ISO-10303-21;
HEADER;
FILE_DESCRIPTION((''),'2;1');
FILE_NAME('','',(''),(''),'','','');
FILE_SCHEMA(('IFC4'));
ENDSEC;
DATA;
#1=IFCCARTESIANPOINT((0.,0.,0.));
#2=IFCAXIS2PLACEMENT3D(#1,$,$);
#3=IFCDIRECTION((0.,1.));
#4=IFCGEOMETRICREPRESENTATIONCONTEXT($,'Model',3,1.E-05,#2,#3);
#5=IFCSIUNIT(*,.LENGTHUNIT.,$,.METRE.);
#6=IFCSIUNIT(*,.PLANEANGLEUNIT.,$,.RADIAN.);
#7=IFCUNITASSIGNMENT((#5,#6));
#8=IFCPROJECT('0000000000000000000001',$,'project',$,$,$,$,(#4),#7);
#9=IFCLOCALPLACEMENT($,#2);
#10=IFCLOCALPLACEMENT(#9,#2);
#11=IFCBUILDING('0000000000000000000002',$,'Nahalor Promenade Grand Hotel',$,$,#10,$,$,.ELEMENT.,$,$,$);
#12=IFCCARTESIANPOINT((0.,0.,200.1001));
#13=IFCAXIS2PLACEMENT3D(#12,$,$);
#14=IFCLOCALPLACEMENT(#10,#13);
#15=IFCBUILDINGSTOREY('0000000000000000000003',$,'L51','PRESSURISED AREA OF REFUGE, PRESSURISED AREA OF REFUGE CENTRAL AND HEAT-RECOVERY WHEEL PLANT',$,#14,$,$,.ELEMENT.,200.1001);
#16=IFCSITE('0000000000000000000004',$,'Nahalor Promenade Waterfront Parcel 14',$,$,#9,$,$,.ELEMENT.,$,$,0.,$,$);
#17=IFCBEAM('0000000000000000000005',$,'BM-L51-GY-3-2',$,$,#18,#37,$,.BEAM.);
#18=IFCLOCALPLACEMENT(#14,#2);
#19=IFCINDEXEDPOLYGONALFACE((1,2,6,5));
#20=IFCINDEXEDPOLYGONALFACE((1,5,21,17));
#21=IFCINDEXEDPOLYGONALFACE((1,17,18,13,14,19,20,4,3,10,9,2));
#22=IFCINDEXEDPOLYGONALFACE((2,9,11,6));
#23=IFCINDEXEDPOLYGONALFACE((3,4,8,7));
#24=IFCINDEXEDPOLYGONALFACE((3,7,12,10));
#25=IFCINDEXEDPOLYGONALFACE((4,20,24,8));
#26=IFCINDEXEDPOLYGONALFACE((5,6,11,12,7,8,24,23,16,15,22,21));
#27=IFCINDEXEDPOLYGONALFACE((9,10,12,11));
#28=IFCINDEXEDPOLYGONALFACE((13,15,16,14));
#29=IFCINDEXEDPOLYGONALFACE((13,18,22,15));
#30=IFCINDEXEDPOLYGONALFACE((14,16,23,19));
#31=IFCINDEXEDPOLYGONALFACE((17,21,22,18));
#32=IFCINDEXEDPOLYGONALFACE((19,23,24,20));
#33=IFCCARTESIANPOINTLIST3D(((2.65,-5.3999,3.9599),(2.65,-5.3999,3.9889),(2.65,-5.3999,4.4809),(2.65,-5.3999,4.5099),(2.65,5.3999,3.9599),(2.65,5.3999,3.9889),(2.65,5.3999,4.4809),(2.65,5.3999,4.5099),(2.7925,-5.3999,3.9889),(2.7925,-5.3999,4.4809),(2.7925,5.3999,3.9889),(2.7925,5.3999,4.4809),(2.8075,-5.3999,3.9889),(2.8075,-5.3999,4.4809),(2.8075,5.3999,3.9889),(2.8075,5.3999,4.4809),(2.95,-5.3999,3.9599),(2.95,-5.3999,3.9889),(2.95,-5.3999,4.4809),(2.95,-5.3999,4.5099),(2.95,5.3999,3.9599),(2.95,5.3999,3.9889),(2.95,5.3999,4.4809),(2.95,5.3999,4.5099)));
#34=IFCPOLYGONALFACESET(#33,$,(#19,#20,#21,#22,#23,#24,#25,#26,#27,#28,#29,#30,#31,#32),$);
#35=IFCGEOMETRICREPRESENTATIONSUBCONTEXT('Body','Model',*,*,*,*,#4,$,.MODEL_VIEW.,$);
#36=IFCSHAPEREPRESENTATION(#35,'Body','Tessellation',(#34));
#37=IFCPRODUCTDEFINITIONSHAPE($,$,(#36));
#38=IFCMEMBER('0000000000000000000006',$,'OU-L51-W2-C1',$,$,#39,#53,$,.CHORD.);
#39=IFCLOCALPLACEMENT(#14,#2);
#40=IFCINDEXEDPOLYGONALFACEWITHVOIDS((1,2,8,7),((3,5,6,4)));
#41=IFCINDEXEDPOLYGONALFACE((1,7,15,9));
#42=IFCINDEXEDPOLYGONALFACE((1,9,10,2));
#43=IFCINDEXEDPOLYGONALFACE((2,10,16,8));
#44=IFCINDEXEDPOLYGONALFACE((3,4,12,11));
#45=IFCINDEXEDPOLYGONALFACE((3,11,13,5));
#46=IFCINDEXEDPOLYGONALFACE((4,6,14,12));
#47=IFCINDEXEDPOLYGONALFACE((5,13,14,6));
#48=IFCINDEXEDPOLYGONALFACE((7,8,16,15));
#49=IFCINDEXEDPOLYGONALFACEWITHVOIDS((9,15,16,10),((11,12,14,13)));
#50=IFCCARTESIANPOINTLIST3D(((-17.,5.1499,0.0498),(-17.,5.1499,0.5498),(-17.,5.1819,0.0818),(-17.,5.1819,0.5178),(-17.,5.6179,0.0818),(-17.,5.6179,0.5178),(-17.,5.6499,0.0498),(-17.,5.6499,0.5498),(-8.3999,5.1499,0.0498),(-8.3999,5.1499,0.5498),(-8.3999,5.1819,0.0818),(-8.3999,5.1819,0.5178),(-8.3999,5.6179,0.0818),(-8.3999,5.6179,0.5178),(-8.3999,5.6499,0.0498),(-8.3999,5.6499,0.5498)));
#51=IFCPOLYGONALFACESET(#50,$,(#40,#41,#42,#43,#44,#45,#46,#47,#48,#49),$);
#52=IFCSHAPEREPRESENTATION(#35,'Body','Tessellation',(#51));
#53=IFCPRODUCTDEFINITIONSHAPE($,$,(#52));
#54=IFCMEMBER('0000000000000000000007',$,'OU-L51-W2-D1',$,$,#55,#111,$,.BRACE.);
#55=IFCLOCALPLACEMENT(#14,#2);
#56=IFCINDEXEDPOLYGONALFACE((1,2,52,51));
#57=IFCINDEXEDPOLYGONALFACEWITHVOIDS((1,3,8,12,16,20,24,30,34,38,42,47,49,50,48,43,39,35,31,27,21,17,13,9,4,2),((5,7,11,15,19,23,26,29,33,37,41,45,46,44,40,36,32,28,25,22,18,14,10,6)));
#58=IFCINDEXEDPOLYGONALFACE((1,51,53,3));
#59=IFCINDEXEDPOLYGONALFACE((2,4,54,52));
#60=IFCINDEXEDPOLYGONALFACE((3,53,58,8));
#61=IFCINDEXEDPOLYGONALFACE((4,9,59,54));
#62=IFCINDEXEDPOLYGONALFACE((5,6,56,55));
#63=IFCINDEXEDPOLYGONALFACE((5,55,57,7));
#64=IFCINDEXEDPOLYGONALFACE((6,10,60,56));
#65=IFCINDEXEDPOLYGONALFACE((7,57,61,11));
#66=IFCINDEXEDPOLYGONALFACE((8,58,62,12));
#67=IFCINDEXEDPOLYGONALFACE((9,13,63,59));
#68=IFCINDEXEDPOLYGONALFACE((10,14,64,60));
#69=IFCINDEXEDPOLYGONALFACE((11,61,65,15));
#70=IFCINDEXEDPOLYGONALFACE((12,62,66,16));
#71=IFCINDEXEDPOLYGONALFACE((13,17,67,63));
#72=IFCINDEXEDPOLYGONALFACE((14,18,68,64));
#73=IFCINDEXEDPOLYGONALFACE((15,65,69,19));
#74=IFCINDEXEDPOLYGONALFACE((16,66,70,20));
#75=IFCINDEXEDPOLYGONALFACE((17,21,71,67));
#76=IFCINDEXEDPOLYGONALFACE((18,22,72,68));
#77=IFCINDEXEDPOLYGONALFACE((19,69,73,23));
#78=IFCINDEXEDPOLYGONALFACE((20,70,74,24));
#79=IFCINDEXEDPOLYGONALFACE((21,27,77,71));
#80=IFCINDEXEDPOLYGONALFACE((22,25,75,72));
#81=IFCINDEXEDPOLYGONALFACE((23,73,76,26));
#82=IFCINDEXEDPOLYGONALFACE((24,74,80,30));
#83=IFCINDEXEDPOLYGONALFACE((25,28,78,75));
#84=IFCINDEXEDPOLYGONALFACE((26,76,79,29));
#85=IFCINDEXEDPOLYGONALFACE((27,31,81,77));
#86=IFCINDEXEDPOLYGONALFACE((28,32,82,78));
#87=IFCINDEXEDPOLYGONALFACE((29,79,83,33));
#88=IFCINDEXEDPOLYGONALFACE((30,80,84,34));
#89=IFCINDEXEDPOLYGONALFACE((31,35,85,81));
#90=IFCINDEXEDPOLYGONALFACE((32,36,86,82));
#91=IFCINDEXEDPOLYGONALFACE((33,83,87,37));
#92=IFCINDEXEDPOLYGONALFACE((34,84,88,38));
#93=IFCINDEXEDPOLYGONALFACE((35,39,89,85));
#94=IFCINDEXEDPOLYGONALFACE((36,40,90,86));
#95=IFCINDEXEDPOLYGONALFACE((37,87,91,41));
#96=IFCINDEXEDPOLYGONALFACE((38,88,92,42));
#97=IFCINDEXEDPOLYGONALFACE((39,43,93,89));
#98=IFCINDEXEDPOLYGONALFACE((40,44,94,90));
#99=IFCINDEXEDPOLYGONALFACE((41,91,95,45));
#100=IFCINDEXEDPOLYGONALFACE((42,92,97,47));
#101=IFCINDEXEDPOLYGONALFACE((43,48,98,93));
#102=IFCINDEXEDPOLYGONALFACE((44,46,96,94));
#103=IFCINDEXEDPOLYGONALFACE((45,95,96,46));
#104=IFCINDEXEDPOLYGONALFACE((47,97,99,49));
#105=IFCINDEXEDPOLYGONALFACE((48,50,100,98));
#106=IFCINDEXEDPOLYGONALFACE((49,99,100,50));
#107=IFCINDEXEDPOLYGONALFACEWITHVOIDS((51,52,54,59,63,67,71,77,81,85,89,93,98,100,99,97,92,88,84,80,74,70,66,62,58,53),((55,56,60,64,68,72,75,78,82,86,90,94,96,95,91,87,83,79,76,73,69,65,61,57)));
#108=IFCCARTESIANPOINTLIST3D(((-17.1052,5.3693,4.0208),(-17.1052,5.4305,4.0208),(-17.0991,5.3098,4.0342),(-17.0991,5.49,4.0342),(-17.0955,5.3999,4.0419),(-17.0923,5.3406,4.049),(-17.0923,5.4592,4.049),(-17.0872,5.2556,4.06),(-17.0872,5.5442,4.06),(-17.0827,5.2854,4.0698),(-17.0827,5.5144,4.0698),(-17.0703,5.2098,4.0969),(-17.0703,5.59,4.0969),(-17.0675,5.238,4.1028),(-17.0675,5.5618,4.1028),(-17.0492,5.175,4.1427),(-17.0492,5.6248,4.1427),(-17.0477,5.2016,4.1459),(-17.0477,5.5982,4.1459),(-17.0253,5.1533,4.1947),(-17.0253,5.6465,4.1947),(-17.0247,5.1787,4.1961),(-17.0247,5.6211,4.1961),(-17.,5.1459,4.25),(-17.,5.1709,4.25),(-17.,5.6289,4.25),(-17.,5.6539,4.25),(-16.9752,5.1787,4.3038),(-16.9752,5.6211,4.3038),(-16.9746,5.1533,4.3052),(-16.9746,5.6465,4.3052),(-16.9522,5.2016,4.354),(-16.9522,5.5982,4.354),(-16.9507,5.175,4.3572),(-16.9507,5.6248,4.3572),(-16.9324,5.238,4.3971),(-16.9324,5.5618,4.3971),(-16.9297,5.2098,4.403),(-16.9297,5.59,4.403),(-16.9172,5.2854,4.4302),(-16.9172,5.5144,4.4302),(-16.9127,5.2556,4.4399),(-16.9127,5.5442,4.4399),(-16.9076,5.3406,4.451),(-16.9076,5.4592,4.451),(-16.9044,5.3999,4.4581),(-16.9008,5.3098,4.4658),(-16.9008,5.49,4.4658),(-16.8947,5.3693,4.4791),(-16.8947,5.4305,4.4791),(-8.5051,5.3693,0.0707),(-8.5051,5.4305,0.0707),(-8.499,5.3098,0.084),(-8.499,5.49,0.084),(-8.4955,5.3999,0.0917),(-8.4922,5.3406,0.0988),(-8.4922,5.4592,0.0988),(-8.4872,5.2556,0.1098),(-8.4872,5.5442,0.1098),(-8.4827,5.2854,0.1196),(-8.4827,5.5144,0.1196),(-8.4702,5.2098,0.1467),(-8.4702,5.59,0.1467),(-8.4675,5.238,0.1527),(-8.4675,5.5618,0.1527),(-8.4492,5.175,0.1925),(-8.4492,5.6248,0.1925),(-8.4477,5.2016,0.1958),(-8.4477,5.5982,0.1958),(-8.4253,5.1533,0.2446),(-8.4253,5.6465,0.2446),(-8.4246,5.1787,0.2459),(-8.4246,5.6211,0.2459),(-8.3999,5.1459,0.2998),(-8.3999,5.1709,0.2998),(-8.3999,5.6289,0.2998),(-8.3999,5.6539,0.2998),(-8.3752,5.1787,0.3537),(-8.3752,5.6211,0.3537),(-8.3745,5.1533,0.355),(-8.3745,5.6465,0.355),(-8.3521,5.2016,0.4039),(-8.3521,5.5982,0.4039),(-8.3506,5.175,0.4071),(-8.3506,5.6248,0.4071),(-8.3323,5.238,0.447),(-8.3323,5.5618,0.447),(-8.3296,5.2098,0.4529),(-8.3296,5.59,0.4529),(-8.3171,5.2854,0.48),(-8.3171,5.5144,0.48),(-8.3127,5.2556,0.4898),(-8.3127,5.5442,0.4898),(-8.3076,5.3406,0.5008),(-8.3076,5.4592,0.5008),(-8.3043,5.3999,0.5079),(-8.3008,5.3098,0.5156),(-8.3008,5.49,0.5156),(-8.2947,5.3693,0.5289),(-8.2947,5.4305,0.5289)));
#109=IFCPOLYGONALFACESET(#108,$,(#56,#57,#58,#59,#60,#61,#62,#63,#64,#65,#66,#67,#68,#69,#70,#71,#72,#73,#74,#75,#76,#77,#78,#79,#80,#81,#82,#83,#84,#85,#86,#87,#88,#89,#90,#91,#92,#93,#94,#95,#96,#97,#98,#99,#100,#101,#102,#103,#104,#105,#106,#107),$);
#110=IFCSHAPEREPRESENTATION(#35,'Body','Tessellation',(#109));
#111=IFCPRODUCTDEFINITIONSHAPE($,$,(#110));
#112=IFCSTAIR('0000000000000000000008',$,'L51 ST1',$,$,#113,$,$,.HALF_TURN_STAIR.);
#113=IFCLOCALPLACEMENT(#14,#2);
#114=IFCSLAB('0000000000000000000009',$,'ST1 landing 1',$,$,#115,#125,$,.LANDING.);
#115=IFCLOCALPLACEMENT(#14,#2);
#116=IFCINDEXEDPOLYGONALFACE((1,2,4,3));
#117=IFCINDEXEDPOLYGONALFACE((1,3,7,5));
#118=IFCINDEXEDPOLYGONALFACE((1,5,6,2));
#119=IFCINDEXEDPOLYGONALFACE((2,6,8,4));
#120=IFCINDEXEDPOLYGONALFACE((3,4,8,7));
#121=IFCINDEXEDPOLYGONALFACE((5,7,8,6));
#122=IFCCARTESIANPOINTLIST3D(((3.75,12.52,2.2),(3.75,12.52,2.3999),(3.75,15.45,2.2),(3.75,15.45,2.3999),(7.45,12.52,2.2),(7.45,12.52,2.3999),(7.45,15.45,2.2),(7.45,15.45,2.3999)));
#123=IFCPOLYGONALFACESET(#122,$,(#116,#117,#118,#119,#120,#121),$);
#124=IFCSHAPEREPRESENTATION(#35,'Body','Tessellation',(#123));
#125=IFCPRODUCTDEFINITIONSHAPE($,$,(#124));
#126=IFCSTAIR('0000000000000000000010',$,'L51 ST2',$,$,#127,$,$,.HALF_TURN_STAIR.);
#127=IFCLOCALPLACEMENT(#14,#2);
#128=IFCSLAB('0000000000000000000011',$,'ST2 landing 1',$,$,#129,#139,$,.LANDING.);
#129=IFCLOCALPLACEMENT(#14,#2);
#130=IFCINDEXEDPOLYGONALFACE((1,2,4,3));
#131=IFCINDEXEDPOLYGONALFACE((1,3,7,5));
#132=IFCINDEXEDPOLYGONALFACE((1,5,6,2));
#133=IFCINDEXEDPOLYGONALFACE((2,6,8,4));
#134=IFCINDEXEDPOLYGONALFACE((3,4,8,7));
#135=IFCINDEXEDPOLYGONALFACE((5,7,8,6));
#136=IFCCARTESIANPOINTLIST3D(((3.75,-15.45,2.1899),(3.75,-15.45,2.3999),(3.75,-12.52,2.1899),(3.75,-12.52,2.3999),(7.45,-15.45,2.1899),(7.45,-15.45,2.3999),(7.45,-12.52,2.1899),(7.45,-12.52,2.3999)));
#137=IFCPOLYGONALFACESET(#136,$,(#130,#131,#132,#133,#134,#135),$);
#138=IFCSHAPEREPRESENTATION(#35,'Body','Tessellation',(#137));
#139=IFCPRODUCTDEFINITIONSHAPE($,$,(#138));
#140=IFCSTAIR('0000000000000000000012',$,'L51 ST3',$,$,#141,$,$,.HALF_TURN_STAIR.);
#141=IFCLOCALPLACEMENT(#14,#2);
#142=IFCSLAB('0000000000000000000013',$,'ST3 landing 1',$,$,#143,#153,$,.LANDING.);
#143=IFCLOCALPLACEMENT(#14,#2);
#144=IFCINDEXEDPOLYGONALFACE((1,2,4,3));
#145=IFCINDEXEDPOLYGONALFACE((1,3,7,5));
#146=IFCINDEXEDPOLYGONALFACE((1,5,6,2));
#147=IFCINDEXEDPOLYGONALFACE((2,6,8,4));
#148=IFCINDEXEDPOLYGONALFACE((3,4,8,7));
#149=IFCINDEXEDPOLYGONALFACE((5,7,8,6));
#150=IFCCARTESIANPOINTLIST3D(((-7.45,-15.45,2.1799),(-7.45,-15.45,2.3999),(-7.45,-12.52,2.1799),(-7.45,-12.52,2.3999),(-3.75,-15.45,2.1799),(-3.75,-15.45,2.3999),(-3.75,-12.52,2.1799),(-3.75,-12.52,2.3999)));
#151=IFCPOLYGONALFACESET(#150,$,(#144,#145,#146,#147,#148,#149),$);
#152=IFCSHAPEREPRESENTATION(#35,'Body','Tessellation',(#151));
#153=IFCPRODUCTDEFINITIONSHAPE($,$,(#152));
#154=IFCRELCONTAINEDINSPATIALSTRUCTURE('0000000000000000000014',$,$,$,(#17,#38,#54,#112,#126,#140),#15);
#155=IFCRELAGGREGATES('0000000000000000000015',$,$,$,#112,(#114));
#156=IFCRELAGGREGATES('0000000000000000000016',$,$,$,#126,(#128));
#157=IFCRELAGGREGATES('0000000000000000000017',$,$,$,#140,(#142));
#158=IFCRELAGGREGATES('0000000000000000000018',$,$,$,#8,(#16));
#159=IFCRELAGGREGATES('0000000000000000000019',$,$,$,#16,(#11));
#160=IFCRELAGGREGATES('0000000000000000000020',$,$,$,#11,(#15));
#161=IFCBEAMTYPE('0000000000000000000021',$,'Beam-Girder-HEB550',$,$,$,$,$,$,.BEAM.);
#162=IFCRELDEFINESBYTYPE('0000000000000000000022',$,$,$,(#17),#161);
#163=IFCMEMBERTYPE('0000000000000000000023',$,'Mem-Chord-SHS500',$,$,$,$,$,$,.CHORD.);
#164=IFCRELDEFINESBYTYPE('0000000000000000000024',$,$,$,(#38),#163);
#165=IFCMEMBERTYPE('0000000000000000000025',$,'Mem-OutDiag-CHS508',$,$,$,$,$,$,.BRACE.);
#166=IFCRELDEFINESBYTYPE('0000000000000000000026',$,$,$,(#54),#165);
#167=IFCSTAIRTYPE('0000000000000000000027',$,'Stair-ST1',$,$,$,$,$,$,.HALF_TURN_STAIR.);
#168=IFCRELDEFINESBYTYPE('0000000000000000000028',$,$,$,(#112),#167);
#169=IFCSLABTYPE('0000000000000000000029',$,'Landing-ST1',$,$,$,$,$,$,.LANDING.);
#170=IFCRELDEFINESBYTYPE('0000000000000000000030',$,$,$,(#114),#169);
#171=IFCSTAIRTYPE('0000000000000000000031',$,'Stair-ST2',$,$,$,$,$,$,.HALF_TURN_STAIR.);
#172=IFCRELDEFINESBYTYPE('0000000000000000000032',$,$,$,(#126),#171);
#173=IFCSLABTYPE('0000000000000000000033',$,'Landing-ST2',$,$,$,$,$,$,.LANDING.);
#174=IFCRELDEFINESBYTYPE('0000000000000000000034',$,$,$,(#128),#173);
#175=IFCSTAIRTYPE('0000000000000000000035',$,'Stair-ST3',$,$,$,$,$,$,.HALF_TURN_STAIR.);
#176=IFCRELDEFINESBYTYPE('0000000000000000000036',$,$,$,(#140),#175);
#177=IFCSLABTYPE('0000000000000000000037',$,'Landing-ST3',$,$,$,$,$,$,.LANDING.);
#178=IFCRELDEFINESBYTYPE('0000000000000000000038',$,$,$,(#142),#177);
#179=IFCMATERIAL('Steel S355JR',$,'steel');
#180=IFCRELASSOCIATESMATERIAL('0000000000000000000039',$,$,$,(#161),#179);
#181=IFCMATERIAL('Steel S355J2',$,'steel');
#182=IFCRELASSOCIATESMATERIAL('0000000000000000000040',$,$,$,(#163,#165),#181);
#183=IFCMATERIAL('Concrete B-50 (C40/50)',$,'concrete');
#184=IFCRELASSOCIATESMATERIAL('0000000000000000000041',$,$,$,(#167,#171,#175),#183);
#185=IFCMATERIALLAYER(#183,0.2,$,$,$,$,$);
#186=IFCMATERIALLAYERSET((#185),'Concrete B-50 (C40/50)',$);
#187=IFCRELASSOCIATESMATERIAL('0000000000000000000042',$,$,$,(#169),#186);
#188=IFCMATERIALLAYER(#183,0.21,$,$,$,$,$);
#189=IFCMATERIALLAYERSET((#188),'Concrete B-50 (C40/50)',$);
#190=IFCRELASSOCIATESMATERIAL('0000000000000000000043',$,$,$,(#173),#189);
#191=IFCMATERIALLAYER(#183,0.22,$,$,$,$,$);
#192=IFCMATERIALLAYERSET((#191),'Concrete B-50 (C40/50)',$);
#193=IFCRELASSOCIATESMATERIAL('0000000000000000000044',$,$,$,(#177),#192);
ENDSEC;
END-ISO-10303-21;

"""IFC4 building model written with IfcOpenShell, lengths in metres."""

from ifc_helpers import new_model, si_unit, direction, frame, origin, origin_2d, place, context, subcontext, project, spatial, polyline, hollow_rectangle, hollow_circle, i_section, outline, extrude, source, transform, mapped, material, layer, layer_set, material_profile, profile_set, type_object, element, aggregate, save


model = new_model("IFC4")

# Units and contexts
model_context = context("Model", 3, precision=1e-05, world=origin(), true_north=direction((0.0, 1.0)))
body_context = subcontext(model_context, "Body", "Model", "MODEL_VIEW")
ifc_project = project(units=[si_unit("LENGTHUNIT", "METRE"), si_unit("PLANEANGLEUNIT", "RADIAN")], contexts=[model_context])

# Site, building, storey
site_placement = place(None, origin())
site = spatial("IfcSite", under=ifc_project, at=site_placement, Name="Nahalor Promenade Waterfront Parcel 14", CompositionType="ELEMENT", RefElevation=0.0)
building_placement = place(site_placement, origin())
building = spatial("IfcBuilding", under=site, at=building_placement, Name="Nahalor Promenade Grand Hotel", CompositionType="ELEMENT")
storey_placement = place(building_placement, frame((0.0, 0.0, 200.1001)))
storey = spatial("IfcBuildingStorey", under=building, at=storey_placement, Name="L51", Description="PRESSURISED AREA OF REFUGE, PRESSURISED AREA OF REFUGE CENTRAL AND HEAT-RECOVERY WHEEL PLANT", CompositionType="ELEMENT", Elevation=200.1001)

# Beam
ifc_material_1 = material(Name="Steel S355JR", Category="steel")
ifc_material_profile_1 = material_profile(ifc_material_1, i_section(OverallWidth=0.3, OverallDepth=0.55, WebThickness=0.015, FlangeThickness=0.029, at=origin_2d()), Name="HEB 550")
ifc_profile_set_1 = profile_set([ifc_material_profile_1], Name="Steel S355JR")
beam_type = type_object("IfcBeamType", Name="Beam-Girder-HEB550", PredefinedType="BEAM", material=ifc_profile_set_1)
shared_shape_1 = source(origin(), body_context, "Body", "SweptSolid", [
    extrude(i_section(OverallWidth=0.3, OverallDepth=0.55, WebThickness=0.015, FlangeThickness=0.029, at=origin_2d()), origin(), (0.0, 0.0, 1.0), 10.7998),
])
beam_1_placement = place(storey_placement, frame((2.8, -5.3999, 4.2349), z_axis=(0.0, 1.0, 0.0), x_axis=(-1.0, 0.0, 0.0)))
element("IfcBeam", 1, at=beam_1_placement, inside=storey, type_object=beam_type, Name="BM-L51-GY-3-2", PredefinedType="BEAM", context=body_context, shape_type="MappedRepresentation", body=[
    mapped(shared_shape_1, transform((0.0, 0.0, 0.0), scale=1.0)),
])

# Members
ifc_material_2 = material(Name="Steel S355J2", Category="steel")
ifc_material_profile_2 = material_profile(ifc_material_2, hollow_rectangle(XDim=0.5, YDim=0.5, WallThickness=0.032, at=origin_2d()), Name="SHS 500x500x32")
ifc_profile_set_2 = profile_set([ifc_material_profile_2], Name="Steel S355J2")
member_type_1 = type_object("IfcMemberType", Name="Mem-Chord-SHS500", PredefinedType="CHORD", material=ifc_profile_set_2)
shared_shape_2 = source(origin(), body_context, "Body", "SweptSolid", [
    extrude(hollow_rectangle(XDim=0.5, YDim=0.5, WallThickness=0.032, at=origin_2d()), origin(), (0.0, 0.0, 1.0), 8.6001),
])
member_1_placement = place(storey_placement, frame((-8.3999, 5.3999, 0.2998), z_axis=(-1.0, 0.0, 0.0), x_axis=(0.0, -1.0, 0.0)))
element("IfcMember", 2, at=member_1_placement, inside=storey, type_object=member_type_1, Name="OU-L51-W2-C1", PredefinedType="CHORD", context=body_context, shape_type="MappedRepresentation", body=[
    mapped(shared_shape_2, transform((0.0, 0.0, 0.0), scale=1.0)),
])
ifc_material_profile_3 = material_profile(ifc_material_2, hollow_circle(Radius=0.254, WallThickness=0.025, at=origin_2d()), Name="CHS 508x25")
ifc_profile_set_3 = profile_set([ifc_material_profile_3], Name="Steel S355J2")
member_type_2 = type_object("IfcMemberType", Name="Mem-OutDiag-CHS508", PredefinedType="BRACE", material=ifc_profile_set_3)
shared_shape_3 = source(origin(), body_context, "Body", "SweptSolid", [
    extrude(hollow_circle(Radius=0.254, WallThickness=0.025, at=origin_2d()), origin(), (0.0, 0.0, 1.0), 9.4639),
])
member_2_placement = place(storey_placement, frame((-8.3999, 5.3999, 0.2998), z_axis=(-0.908725, 0.0, 0.417395), x_axis=(0.0, -1.0, 0.0)))
element("IfcMember", 3, at=member_2_placement, inside=storey, type_object=member_type_2, Name="OU-L51-W2-D1", PredefinedType="BRACE", context=body_context, shape_type="MappedRepresentation", body=[
    mapped(shared_shape_3, transform((0.0, 0.0, 0.0), scale=1.0)),
])

# Stairs, slabs
ifc_material_3 = material(Name="Concrete B-50 (C40/50)", Category="concrete")
stair_type_1 = type_object("IfcStairType", Name="Stair-ST1", PredefinedType="HALF_TURN_STAIR", material=ifc_material_3)
stair_1_placement = place(storey_placement, origin())
stair_1 = element("IfcStair", 4, at=stair_1_placement, inside=storey, type_object=stair_type_1, Name="L51 ST1", PredefinedType="HALF_TURN_STAIR")
ifc_layer_1 = layer(ifc_material_3, 0.2)
ifc_layer_set_1 = layer_set([ifc_layer_1], Name="Concrete B-50 (C40/50)")
slab_type_1 = type_object("IfcSlabType", Name="Landing-ST1", PredefinedType="LANDING", material=ifc_layer_set_1)
slab_1_placement = place(storey_placement, frame((0.0, 0.0, 2.2)))
slab_1 = element("IfcSlab", 5, at=slab_1_placement, type_object=slab_type_1, Name="ST1 landing 1", PredefinedType="LANDING", context=body_context, shape_type="SweptSolid", body=[
    extrude(outline(polyline([(7.45, 12.52), (7.45, 15.45), (3.75, 15.45), (3.75, 12.52), (7.45, 12.52)])), origin(), (0.0, 0.0, 1.0), 0.2),
])
aggregate(stair_1, [slab_1])
stair_type_2 = type_object("IfcStairType", Name="Stair-ST2", PredefinedType="HALF_TURN_STAIR", material=ifc_material_3)
stair_2_placement = place(storey_placement, origin())
stair_2 = element("IfcStair", 6, at=stair_2_placement, inside=storey, type_object=stair_type_2, Name="L51 ST2", PredefinedType="HALF_TURN_STAIR")
ifc_layer_2 = layer(ifc_material_3, 0.21)
ifc_layer_set_2 = layer_set([ifc_layer_2], Name="Concrete B-50 (C40/50)")
slab_type_2 = type_object("IfcSlabType", Name="Landing-ST2", PredefinedType="LANDING", material=ifc_layer_set_2)
slab_2_placement = place(storey_placement, frame((0.0, 0.0, 2.1899)))
slab_2 = element("IfcSlab", 7, at=slab_2_placement, type_object=slab_type_2, Name="ST2 landing 1", PredefinedType="LANDING", context=body_context, shape_type="SweptSolid", body=[
    extrude(outline(polyline([(3.75, -12.52), (3.75, -15.45), (7.45, -15.45), (7.45, -12.52), (3.75, -12.52)])), origin(), (0.0, 0.0, 1.0), 0.21),
])
aggregate(stair_2, [slab_2])
stair_type_3 = type_object("IfcStairType", Name="Stair-ST3", PredefinedType="HALF_TURN_STAIR", material=ifc_material_3)
stair_3_placement = place(storey_placement, origin())
stair_3 = element("IfcStair", 8, at=stair_3_placement, inside=storey, type_object=stair_type_3, Name="L51 ST3", PredefinedType="HALF_TURN_STAIR")
ifc_layer_3 = layer(ifc_material_3, 0.22)
ifc_layer_set_3 = layer_set([ifc_layer_3], Name="Concrete B-50 (C40/50)")
slab_type_3 = type_object("IfcSlabType", Name="Landing-ST3", PredefinedType="LANDING", material=ifc_layer_set_3)
slab_3_placement = place(storey_placement, frame((0.0, 0.0, 2.1799)))
slab_3 = element("IfcSlab", 9, at=slab_3_placement, type_object=slab_type_3, Name="ST3 landing 1", PredefinedType="LANDING", context=body_context, shape_type="SweptSolid", body=[
    extrude(outline(polyline([(-7.45, -12.52), (-7.45, -15.45), (-3.75, -15.45), (-3.75, -12.52), (-7.45, -12.52)])), origin(), (0.0, 0.0, 1.0), 0.22),
])
aggregate(stair_3, [slab_3])

save(model, "model.ifc")
